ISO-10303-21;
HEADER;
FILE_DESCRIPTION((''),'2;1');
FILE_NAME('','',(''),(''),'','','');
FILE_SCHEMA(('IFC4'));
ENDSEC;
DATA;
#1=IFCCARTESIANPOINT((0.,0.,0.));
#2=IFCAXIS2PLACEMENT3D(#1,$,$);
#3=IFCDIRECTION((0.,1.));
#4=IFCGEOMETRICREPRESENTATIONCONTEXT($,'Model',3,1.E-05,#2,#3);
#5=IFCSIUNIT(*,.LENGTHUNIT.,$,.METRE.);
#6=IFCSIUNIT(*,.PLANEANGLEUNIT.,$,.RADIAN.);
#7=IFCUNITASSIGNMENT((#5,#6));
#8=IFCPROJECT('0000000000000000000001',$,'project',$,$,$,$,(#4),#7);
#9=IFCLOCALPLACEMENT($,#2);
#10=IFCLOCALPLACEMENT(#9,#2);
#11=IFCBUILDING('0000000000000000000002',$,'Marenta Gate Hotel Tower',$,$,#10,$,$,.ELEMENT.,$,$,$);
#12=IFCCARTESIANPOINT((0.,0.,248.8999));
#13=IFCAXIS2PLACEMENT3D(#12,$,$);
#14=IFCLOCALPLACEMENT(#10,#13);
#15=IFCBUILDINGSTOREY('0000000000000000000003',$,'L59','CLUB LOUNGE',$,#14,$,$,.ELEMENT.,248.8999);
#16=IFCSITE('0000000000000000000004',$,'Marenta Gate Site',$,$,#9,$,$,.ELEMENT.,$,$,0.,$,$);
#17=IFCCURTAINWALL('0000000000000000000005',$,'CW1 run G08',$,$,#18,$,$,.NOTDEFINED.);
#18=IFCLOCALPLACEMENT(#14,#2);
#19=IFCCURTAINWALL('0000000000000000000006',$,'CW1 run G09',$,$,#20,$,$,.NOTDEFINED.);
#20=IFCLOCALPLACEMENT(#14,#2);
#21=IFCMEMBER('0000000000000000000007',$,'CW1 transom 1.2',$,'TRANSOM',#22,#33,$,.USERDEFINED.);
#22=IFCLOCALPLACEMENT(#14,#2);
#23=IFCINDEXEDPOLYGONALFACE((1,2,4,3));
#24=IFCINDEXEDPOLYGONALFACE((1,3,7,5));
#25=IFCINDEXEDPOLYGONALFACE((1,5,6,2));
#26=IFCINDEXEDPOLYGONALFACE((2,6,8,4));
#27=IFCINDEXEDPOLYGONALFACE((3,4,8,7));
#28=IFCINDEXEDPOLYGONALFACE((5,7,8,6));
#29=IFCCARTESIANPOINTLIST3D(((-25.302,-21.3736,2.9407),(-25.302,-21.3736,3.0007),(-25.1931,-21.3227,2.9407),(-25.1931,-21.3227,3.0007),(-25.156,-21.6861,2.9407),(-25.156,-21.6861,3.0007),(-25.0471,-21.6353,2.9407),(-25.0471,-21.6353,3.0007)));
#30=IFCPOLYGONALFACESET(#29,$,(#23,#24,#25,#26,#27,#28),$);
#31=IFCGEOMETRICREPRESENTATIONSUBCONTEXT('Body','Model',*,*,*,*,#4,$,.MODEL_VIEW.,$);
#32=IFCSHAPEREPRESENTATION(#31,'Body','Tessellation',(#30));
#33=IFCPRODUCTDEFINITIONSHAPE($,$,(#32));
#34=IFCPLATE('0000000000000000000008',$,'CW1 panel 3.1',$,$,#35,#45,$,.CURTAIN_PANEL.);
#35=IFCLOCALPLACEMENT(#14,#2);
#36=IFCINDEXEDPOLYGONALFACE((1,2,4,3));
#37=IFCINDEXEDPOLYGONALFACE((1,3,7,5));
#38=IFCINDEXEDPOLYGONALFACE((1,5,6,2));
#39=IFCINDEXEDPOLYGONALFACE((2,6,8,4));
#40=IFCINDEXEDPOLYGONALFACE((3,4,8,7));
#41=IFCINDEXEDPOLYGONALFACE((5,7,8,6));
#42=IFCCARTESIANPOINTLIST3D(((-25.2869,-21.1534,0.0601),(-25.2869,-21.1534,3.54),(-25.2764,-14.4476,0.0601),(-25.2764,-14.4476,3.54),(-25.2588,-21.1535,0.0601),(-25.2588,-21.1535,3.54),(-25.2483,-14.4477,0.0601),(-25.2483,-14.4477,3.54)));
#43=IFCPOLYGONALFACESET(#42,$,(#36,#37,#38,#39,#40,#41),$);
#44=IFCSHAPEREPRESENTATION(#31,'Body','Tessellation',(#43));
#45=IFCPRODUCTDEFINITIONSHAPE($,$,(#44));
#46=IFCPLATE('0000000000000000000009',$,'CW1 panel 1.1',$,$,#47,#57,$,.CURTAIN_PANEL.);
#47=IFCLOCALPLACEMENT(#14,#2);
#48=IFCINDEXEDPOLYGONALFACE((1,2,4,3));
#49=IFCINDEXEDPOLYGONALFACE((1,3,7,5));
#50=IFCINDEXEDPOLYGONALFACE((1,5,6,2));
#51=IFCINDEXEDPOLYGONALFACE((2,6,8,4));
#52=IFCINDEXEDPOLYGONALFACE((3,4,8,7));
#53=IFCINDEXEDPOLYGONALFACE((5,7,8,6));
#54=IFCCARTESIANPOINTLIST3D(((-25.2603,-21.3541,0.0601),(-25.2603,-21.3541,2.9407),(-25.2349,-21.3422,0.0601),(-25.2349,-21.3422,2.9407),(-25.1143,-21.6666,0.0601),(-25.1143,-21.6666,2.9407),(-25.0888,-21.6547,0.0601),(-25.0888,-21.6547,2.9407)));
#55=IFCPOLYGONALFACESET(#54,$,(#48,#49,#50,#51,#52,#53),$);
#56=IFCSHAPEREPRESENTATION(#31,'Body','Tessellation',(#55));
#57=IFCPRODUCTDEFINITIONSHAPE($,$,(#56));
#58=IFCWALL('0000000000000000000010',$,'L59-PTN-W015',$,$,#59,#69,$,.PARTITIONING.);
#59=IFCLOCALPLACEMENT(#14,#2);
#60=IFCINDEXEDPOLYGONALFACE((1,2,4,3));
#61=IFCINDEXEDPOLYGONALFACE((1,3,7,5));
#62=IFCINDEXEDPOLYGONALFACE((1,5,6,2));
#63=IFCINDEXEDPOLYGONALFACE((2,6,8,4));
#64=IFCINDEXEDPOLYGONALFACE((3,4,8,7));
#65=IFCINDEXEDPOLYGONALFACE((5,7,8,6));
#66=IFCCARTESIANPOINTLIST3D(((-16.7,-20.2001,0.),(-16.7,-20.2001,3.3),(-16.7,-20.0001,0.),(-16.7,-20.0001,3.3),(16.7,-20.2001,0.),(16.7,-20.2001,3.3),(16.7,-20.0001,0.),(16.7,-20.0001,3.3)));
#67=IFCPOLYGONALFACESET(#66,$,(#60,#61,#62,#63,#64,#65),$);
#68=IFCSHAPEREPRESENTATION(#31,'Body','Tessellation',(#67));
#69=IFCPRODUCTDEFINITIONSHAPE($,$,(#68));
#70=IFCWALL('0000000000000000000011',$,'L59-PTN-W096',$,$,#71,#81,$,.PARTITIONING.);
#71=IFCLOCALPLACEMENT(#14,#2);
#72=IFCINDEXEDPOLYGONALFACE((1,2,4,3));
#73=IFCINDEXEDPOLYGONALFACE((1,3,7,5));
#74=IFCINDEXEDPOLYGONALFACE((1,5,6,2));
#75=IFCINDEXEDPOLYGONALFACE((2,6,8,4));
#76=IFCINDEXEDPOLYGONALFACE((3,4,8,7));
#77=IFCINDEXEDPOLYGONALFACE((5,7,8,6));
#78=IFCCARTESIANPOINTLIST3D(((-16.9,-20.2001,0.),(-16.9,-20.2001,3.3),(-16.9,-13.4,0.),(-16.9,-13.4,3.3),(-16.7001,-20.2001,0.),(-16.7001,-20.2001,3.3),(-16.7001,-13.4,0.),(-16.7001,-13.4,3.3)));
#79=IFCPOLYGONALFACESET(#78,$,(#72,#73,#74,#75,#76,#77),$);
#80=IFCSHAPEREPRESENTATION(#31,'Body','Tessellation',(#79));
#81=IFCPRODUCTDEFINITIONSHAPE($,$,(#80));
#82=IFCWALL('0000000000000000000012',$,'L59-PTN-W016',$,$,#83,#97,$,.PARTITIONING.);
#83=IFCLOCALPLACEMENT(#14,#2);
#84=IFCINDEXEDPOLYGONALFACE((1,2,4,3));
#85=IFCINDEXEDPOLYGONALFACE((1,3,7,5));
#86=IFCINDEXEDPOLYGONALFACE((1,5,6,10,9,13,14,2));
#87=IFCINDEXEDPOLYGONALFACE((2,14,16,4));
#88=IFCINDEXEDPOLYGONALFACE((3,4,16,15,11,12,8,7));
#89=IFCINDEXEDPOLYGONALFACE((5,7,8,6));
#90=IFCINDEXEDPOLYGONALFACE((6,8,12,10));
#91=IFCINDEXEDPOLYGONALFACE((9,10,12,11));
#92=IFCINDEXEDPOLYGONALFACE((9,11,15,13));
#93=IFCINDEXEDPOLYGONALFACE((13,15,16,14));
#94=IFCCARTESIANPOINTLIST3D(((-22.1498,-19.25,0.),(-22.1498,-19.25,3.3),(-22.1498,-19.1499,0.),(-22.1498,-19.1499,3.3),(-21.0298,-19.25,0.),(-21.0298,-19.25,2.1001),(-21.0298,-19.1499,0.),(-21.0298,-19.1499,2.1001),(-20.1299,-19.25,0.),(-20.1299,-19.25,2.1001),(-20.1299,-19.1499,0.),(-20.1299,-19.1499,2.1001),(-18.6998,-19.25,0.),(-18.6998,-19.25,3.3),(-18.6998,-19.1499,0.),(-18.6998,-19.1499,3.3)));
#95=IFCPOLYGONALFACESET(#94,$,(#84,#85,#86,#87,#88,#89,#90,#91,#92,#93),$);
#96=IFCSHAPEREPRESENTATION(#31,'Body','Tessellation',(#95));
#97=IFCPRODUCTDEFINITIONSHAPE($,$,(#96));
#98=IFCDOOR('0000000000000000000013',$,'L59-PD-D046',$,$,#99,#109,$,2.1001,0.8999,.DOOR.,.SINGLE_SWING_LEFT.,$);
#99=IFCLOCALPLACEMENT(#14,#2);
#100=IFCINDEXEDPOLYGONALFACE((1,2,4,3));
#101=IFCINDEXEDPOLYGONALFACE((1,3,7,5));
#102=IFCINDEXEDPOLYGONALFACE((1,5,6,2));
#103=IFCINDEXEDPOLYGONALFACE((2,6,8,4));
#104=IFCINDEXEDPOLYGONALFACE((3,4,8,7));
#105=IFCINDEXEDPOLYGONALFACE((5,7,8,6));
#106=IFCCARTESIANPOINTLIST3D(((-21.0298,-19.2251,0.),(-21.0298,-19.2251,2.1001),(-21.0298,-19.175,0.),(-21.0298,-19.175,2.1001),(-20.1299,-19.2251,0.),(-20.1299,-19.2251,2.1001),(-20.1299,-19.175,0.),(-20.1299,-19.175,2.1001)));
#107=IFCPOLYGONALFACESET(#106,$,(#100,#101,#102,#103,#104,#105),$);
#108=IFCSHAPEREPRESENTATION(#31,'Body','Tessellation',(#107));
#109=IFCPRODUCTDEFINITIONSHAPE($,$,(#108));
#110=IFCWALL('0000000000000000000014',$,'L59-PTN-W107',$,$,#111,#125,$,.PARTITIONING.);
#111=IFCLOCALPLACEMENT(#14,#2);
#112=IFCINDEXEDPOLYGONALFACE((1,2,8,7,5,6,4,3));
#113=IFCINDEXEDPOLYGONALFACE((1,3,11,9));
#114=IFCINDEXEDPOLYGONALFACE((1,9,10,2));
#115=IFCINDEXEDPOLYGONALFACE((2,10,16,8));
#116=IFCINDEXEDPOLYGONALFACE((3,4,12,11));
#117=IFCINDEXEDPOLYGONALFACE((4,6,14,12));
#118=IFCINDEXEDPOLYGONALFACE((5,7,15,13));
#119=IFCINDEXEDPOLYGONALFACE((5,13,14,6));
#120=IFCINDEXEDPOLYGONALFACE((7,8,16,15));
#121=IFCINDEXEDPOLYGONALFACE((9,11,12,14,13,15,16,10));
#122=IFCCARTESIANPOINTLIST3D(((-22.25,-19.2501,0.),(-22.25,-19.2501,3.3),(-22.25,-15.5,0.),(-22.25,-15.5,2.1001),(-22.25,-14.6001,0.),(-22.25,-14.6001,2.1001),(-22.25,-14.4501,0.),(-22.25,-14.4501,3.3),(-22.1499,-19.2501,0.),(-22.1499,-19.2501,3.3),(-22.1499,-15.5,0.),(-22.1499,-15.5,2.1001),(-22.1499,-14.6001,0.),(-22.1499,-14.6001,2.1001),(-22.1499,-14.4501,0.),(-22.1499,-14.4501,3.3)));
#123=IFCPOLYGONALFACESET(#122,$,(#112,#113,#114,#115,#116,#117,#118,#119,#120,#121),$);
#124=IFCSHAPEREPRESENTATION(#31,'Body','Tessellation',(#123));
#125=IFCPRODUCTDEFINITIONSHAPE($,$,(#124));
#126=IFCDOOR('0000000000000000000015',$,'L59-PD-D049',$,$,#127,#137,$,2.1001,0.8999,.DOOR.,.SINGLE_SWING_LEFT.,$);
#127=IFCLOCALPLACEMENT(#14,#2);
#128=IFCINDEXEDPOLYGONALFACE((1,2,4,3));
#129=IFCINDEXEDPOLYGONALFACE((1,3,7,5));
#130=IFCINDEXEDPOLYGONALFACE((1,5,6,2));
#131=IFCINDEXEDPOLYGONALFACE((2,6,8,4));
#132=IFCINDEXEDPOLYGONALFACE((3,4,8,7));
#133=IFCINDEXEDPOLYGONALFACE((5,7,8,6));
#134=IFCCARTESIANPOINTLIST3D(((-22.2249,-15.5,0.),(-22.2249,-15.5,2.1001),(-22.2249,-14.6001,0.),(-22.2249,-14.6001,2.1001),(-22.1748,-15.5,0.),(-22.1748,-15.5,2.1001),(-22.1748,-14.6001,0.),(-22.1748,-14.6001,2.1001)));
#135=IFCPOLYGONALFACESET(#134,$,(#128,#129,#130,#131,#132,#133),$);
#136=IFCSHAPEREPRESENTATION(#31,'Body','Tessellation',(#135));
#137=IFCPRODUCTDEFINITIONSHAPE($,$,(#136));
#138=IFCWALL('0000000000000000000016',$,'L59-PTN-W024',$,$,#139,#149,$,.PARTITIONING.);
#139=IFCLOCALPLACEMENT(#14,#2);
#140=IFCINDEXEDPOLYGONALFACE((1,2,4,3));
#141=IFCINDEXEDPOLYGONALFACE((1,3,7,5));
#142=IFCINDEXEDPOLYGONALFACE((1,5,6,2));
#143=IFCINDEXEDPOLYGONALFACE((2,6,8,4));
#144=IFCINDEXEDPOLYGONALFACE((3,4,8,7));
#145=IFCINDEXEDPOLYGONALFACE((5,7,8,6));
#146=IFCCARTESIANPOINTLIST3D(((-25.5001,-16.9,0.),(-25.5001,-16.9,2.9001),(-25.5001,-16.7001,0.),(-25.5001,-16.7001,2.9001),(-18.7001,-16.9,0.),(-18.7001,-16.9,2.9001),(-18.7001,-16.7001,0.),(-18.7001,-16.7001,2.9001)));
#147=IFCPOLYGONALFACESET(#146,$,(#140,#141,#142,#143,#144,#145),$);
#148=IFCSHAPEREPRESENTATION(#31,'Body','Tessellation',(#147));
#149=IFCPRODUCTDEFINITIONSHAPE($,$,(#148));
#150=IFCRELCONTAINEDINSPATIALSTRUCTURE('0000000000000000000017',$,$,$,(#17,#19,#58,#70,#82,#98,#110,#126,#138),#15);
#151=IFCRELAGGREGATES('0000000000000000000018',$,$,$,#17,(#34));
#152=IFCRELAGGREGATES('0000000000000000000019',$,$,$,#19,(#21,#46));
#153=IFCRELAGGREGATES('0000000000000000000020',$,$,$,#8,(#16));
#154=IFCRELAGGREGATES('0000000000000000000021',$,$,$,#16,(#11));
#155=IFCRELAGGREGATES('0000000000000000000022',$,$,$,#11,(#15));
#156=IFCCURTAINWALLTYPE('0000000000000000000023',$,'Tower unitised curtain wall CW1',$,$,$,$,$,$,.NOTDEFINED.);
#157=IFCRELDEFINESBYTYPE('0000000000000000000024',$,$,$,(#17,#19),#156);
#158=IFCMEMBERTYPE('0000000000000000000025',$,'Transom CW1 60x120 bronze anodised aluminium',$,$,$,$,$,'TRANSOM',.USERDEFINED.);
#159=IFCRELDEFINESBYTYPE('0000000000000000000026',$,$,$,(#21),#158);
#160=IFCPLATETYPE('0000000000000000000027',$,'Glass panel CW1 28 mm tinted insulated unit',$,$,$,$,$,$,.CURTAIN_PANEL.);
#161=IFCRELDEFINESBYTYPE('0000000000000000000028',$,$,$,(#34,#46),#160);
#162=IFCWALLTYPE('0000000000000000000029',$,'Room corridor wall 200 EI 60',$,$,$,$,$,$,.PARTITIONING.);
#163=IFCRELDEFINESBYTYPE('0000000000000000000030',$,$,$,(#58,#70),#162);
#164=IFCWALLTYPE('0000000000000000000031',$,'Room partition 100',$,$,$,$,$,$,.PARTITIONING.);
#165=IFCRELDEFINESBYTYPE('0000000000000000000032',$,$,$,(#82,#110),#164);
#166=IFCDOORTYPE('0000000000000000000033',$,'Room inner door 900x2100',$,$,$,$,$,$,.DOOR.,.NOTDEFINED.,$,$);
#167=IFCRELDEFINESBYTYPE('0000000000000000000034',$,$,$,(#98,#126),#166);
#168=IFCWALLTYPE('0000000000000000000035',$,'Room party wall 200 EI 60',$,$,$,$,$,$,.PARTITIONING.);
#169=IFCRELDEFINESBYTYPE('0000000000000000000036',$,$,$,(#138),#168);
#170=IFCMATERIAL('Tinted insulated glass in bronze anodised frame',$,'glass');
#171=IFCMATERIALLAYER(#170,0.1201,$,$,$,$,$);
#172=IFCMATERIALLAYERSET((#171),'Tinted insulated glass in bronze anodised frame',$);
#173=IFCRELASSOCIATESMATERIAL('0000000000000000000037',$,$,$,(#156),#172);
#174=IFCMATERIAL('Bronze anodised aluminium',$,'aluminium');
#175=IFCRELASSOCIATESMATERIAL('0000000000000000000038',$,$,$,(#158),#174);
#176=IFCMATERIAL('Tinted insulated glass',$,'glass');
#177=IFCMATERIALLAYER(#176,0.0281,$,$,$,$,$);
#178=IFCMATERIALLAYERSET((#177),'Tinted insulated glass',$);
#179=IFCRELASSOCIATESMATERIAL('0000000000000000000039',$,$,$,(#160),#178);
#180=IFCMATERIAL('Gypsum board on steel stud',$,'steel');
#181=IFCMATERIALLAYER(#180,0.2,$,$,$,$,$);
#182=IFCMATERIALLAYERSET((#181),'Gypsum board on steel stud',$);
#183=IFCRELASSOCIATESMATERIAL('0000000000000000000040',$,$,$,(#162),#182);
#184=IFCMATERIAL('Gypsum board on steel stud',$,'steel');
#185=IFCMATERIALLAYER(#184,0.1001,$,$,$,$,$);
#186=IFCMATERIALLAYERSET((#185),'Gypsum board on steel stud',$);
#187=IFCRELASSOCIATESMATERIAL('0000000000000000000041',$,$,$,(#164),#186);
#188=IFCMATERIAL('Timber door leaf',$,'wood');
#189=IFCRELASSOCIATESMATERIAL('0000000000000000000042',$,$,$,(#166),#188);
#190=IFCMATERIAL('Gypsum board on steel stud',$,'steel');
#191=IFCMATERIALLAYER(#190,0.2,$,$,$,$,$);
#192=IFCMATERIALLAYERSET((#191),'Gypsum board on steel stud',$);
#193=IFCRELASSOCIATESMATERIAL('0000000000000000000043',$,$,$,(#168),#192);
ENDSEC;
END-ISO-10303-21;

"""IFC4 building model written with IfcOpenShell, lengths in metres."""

from ifc_helpers import new_model, si_unit, direction, frame, frame_2d, origin, origin_2d, place, context, subcontext, project, spatial, rectangle, extrude, material, layer, layer_set, material_profile, profile_set, type_object, element, fill, aggregate, save


model = new_model("IFC4")

# Units and contexts
model_context = context("Model", 3, precision=1e-05, world=origin(), true_north=direction((0.0, 1.0)))
body_context = subcontext(model_context, "Body", "Model", "MODEL_VIEW")
ifc_project = project(units=[si_unit("LENGTHUNIT", "METRE"), si_unit("PLANEANGLEUNIT", "RADIAN")], contexts=[model_context])

# Site, building, storey
site_placement = place(None, origin())
site = spatial("IfcSite", under=ifc_project, at=site_placement, Name="Marenta Gate Site", CompositionType="ELEMENT", RefElevation=0.0)
building_placement = place(site_placement, origin())
building = spatial("IfcBuilding", under=site, at=building_placement, Name="Marenta Gate Hotel Tower", CompositionType="ELEMENT")
storey_placement = place(building_placement, frame((0.0, 0.0, 248.8999)))
storey = spatial("IfcBuildingStorey", under=building, at=storey_placement, Name="L59", Description="CLUB LOUNGE", CompositionType="ELEMENT", Elevation=248.8999)

# Curtain wall
ifc_material_1 = material(Name="Tinted insulated glass in bronze anodised frame", Category="glass")
ifc_layer_1 = layer(ifc_material_1, 0.1201)
ifc_layer_set_1 = layer_set([ifc_layer_1], Name="Tinted insulated glass in bronze anodised frame")
curtain_wall_type = type_object("IfcCurtainWallType", Name="Tower unitised curtain wall CW1", PredefinedType="NOTDEFINED", material=ifc_layer_set_1)
curtain_wall_1_placement = place(storey_placement, origin())
curtain_wall_1 = element("IfcCurtainWall", 1, at=curtain_wall_1_placement, inside=storey, type_object=curtain_wall_type, Name="CW1 run G08", PredefinedType="NOTDEFINED")

# Curtain wall, member
curtain_wall_2_placement = place(storey_placement, origin())
curtain_wall_2 = element("IfcCurtainWall", 2, at=curtain_wall_2_placement, inside=storey, type_object=curtain_wall_type, Name="CW1 run G09", PredefinedType="NOTDEFINED")
ifc_material_2 = material(Name="Bronze anodised aluminium", Category="aluminium")
ifc_material_profile_1 = material_profile(ifc_material_2, rectangle(XDim=0.1201, YDim=0.0601, at=origin_2d()), Name="Transom CW1 60x120 bronze anodised aluminium")
ifc_profile_set_1 = profile_set([ifc_material_profile_1], Name="Bronze anodised aluminium")
member_type_1 = type_object("IfcMemberType", Name="Transom CW1 60x120 bronze anodised aluminium", ElementType="TRANSOM", PredefinedType="USERDEFINED", material=ifc_profile_set_1)
member_1_placement = place(storey_placement, frame((-25.2476, -21.3481, 2.9707), z_axis=(0.423273, -0.906002, 0.0), x_axis=(0.906002, 0.423273, 0.0)))
member_1 = element("IfcMember", 3, at=member_1_placement, type_object=member_type_1, Name="CW1 transom 1.2", ObjectType="TRANSOM", PredefinedType="USERDEFINED", context=body_context, shape_type="SweptSolid", body=[
    extrude(rectangle(XDim=0.1201, YDim=0.0601, at=origin_2d()), origin(), (0.0, 0.0, 1.0), 0.345),
])

# Plates
ifc_material_3 = material(Name="Tinted insulated glass", Category="glass")
ifc_layer_2 = layer(ifc_material_3, 0.0281)
ifc_layer_set_2 = layer_set([ifc_layer_2], Name="Tinted insulated glass")
plate_type = type_object("IfcPlateType", Name="Glass panel CW1 28 mm tinted insulated unit", PredefinedType="CURTAIN_PANEL", material=ifc_layer_set_2)
plate_1_placement = place(storey_placement, frame((-25.2676, -17.8005, 0.0601), z_axis=(0.0, 0.0, 1.0), x_axis=(-0.001565, -0.999999, 0.0)))
plate_1 = element("IfcPlate", 4, at=plate_1_placement, type_object=plate_type, Name="CW1 panel 3.1", PredefinedType="CURTAIN_PANEL", context=body_context, shape_type="SweptSolid", body=[
    extrude(rectangle(XDim=6.7058, YDim=0.0281, at=origin_2d()), origin(), (0.0, 0.0, 1.0), 3.48),
])
aggregate(curtain_wall_1, [plate_1])
plate_2_placement = place(storey_placement, frame((-25.1746, -21.5044, 0.0601), z_axis=(0.0, 0.0, 1.0), x_axis=(0.423345, -0.905968, 0.0)))
plate_2 = element("IfcPlate", 5, at=plate_2_placement, type_object=plate_type, Name="CW1 panel 1.1", PredefinedType="CURTAIN_PANEL", context=body_context, shape_type="SweptSolid", body=[
    extrude(rectangle(XDim=0.345, YDim=0.0281, at=origin_2d()), origin(), (0.0, 0.0, 1.0), 2.8806),
])
aggregate(curtain_wall_2, [member_1, plate_2])

# Walls
ifc_material_4 = material(Name="Gypsum board on steel stud", Category="steel")
ifc_layer_3 = layer(ifc_material_4, 0.2)
ifc_layer_set_3 = layer_set([ifc_layer_3], Name="Gypsum board on steel stud")
wall_type_1 = type_object("IfcWallType", Name="Room corridor wall 200 EI 60", PredefinedType="PARTITIONING", material=ifc_layer_set_3)
wall_1_placement = place(storey_placement, frame((-16.7, -20.1001, 0.0), z_axis=(0.0, 0.0, 1.0), x_axis=(1.0, 0.0, 0.0)))
element("IfcWall", 6, at=wall_1_placement, inside=storey, type_object=wall_type_1, Name="L59-PTN-W015", PredefinedType="PARTITIONING", context=body_context, shape_type="SweptSolid", body=[
    extrude(rectangle(XDim=33.3999, YDim=0.2, at=frame_2d((16.7, 0.0))), origin(), (0.0, 0.0, 1.0), 3.3),
])
wall_2_placement = place(storey_placement, frame((-16.8, -20.2, 0.0), z_axis=(0.0, 0.0, 1.0), x_axis=(0.0, 1.0, 0.0)))
element("IfcWall", 7, at=wall_2_placement, inside=storey, type_object=wall_type_1, Name="L59-PTN-W096", PredefinedType="PARTITIONING", context=body_context, shape_type="SweptSolid", body=[
    extrude(rectangle(XDim=6.8, YDim=0.2, at=frame_2d((3.3999, 0.0))), origin(), (0.0, 0.0, 1.0), 3.3),
])

# Walls, openings, doors
ifc_material_5 = material(Name="Gypsum board on steel stud", Category="steel")
ifc_layer_4 = layer(ifc_material_5, 0.1001)
ifc_layer_set_4 = layer_set([ifc_layer_4], Name="Gypsum board on steel stud")
wall_type_2 = type_object("IfcWallType", Name="Room partition 100", PredefinedType="PARTITIONING", material=ifc_layer_set_4)
wall_3_placement = place(storey_placement, frame((-22.1499, -19.2, 0.0), z_axis=(0.0, 0.0, 1.0), x_axis=(1.0, 0.0, 0.0)))
wall_3 = element("IfcWall", 8, at=wall_3_placement, inside=storey, type_object=wall_type_2, Name="L59-PTN-W016", PredefinedType="PARTITIONING", context=body_context, shape_type="SweptSolid", body=[
    extrude(rectangle(XDim=3.45, YDim=0.1001, at=frame_2d((1.7251, 0.0))), origin(), (0.0, 0.0, 1.0), 3.3),
])
opening_1_placement = place(wall_3_placement, frame((1.1201, 0.0, 0.0)))
opening_1 = element("IfcOpeningElement", 9, at=opening_1_placement, cuts=wall_3, PredefinedType="OPENING", context=body_context, shape_type="SweptSolid", body=[
    extrude(rectangle(XDim=0.8999, YDim=2.1001, at=frame_2d((0.45, 1.05))), frame((0.0, 0.05, 0.0), z_axis=(0.0, -1.0, 0.0), x_axis=(1.0, 0.0, 0.0)), (0.0, 0.0, 1.0), 0.1001),
])
ifc_material_6 = material(Name="Timber door leaf", Category="wood")
door_type = type_object("IfcDoorType", Name="Room inner door 900x2100", OperationType="NOTDEFINED", PredefinedType="DOOR", material=ifc_material_6)
door_1_placement = place(opening_1_placement, origin())
door_1 = element("IfcDoor", 10, at=door_1_placement, inside=storey, type_object=door_type, Name="L59-PD-D046", OperationType="SINGLE_SWING_LEFT", OverallHeight=2.1001, OverallWidth=0.8999, PredefinedType="DOOR", context=body_context, shape_type="SweptSolid", body=[
    extrude(rectangle(XDim=0.8999, YDim=2.1001, at=frame_2d((0.45, 1.05))), frame((0.0, 0.0249, 0.0), z_axis=(0.0, -1.0, 0.0), x_axis=(1.0, 0.0, 0.0)), (0.0, 0.0, 1.0), 0.05),
])
fill(opening_1, door_1)
wall_4_placement = place(storey_placement, frame((-22.2, -19.25, 0.0), z_axis=(0.0, 0.0, 1.0), x_axis=(0.0, 1.0, 0.0)))
wall_4 = element("IfcWall", 11, at=wall_4_placement, inside=storey, type_object=wall_type_2, Name="L59-PTN-W107", PredefinedType="PARTITIONING", context=body_context, shape_type="SweptSolid", body=[
    extrude(rectangle(XDim=4.8, YDim=0.1001, at=frame_2d((2.3999, 0.0))), origin(), (0.0, 0.0, 1.0), 3.3),
])
opening_2_placement = place(wall_4_placement, frame((3.75, 0.0, 0.0)))
opening_2 = element("IfcOpeningElement", 12, at=opening_2_placement, cuts=wall_4, PredefinedType="OPENING", context=body_context, shape_type="SweptSolid", body=[
    extrude(rectangle(XDim=0.8999, YDim=2.1001, at=frame_2d((0.45, 1.05))), frame((0.0, 0.05, 0.0), z_axis=(0.0, -1.0, 0.0), x_axis=(1.0, 0.0, 0.0)), (0.0, 0.0, 1.0), 0.1001),
])
door_2_placement = place(opening_2_placement, origin())
door_2 = element("IfcDoor", 13, at=door_2_placement, inside=storey, type_object=door_type, Name="L59-PD-D049", OperationType="SINGLE_SWING_LEFT", OverallHeight=2.1001, OverallWidth=0.8999, PredefinedType="DOOR", context=body_context, shape_type="SweptSolid", body=[
    extrude(rectangle(XDim=0.8999, YDim=2.1001, at=frame_2d((0.45, 1.05))), frame((0.0, 0.0249, 0.0), z_axis=(0.0, -1.0, 0.0), x_axis=(1.0, 0.0, 0.0)), (0.0, 0.0, 1.0), 0.05),
])
fill(opening_2, door_2)

# Wall
ifc_material_7 = material(Name="Gypsum board on steel stud", Category="steel")
ifc_layer_5 = layer(ifc_material_7, 0.2)
ifc_layer_set_5 = layer_set([ifc_layer_5], Name="Gypsum board on steel stud")
wall_type_3 = type_object("IfcWallType", Name="Room party wall 200 EI 60", PredefinedType="PARTITIONING", material=ifc_layer_set_5)
wall_5_placement = place(storey_placement, frame((-25.5, -16.8, 0.0), z_axis=(0.0, 0.0, 1.0), x_axis=(1.0, 0.0, 0.0)))
element("IfcWall", 14, at=wall_5_placement, inside=storey, type_object=wall_type_3, Name="L59-PTN-W024", PredefinedType="PARTITIONING", context=body_context, shape_type="SweptSolid", body=[
    extrude(rectangle(XDim=6.8, YDim=0.2, at=frame_2d((3.3999, 0.0))), origin(), (0.0, 0.0, 1.0), 2.9001),
])

save(model, "model.ifc")
